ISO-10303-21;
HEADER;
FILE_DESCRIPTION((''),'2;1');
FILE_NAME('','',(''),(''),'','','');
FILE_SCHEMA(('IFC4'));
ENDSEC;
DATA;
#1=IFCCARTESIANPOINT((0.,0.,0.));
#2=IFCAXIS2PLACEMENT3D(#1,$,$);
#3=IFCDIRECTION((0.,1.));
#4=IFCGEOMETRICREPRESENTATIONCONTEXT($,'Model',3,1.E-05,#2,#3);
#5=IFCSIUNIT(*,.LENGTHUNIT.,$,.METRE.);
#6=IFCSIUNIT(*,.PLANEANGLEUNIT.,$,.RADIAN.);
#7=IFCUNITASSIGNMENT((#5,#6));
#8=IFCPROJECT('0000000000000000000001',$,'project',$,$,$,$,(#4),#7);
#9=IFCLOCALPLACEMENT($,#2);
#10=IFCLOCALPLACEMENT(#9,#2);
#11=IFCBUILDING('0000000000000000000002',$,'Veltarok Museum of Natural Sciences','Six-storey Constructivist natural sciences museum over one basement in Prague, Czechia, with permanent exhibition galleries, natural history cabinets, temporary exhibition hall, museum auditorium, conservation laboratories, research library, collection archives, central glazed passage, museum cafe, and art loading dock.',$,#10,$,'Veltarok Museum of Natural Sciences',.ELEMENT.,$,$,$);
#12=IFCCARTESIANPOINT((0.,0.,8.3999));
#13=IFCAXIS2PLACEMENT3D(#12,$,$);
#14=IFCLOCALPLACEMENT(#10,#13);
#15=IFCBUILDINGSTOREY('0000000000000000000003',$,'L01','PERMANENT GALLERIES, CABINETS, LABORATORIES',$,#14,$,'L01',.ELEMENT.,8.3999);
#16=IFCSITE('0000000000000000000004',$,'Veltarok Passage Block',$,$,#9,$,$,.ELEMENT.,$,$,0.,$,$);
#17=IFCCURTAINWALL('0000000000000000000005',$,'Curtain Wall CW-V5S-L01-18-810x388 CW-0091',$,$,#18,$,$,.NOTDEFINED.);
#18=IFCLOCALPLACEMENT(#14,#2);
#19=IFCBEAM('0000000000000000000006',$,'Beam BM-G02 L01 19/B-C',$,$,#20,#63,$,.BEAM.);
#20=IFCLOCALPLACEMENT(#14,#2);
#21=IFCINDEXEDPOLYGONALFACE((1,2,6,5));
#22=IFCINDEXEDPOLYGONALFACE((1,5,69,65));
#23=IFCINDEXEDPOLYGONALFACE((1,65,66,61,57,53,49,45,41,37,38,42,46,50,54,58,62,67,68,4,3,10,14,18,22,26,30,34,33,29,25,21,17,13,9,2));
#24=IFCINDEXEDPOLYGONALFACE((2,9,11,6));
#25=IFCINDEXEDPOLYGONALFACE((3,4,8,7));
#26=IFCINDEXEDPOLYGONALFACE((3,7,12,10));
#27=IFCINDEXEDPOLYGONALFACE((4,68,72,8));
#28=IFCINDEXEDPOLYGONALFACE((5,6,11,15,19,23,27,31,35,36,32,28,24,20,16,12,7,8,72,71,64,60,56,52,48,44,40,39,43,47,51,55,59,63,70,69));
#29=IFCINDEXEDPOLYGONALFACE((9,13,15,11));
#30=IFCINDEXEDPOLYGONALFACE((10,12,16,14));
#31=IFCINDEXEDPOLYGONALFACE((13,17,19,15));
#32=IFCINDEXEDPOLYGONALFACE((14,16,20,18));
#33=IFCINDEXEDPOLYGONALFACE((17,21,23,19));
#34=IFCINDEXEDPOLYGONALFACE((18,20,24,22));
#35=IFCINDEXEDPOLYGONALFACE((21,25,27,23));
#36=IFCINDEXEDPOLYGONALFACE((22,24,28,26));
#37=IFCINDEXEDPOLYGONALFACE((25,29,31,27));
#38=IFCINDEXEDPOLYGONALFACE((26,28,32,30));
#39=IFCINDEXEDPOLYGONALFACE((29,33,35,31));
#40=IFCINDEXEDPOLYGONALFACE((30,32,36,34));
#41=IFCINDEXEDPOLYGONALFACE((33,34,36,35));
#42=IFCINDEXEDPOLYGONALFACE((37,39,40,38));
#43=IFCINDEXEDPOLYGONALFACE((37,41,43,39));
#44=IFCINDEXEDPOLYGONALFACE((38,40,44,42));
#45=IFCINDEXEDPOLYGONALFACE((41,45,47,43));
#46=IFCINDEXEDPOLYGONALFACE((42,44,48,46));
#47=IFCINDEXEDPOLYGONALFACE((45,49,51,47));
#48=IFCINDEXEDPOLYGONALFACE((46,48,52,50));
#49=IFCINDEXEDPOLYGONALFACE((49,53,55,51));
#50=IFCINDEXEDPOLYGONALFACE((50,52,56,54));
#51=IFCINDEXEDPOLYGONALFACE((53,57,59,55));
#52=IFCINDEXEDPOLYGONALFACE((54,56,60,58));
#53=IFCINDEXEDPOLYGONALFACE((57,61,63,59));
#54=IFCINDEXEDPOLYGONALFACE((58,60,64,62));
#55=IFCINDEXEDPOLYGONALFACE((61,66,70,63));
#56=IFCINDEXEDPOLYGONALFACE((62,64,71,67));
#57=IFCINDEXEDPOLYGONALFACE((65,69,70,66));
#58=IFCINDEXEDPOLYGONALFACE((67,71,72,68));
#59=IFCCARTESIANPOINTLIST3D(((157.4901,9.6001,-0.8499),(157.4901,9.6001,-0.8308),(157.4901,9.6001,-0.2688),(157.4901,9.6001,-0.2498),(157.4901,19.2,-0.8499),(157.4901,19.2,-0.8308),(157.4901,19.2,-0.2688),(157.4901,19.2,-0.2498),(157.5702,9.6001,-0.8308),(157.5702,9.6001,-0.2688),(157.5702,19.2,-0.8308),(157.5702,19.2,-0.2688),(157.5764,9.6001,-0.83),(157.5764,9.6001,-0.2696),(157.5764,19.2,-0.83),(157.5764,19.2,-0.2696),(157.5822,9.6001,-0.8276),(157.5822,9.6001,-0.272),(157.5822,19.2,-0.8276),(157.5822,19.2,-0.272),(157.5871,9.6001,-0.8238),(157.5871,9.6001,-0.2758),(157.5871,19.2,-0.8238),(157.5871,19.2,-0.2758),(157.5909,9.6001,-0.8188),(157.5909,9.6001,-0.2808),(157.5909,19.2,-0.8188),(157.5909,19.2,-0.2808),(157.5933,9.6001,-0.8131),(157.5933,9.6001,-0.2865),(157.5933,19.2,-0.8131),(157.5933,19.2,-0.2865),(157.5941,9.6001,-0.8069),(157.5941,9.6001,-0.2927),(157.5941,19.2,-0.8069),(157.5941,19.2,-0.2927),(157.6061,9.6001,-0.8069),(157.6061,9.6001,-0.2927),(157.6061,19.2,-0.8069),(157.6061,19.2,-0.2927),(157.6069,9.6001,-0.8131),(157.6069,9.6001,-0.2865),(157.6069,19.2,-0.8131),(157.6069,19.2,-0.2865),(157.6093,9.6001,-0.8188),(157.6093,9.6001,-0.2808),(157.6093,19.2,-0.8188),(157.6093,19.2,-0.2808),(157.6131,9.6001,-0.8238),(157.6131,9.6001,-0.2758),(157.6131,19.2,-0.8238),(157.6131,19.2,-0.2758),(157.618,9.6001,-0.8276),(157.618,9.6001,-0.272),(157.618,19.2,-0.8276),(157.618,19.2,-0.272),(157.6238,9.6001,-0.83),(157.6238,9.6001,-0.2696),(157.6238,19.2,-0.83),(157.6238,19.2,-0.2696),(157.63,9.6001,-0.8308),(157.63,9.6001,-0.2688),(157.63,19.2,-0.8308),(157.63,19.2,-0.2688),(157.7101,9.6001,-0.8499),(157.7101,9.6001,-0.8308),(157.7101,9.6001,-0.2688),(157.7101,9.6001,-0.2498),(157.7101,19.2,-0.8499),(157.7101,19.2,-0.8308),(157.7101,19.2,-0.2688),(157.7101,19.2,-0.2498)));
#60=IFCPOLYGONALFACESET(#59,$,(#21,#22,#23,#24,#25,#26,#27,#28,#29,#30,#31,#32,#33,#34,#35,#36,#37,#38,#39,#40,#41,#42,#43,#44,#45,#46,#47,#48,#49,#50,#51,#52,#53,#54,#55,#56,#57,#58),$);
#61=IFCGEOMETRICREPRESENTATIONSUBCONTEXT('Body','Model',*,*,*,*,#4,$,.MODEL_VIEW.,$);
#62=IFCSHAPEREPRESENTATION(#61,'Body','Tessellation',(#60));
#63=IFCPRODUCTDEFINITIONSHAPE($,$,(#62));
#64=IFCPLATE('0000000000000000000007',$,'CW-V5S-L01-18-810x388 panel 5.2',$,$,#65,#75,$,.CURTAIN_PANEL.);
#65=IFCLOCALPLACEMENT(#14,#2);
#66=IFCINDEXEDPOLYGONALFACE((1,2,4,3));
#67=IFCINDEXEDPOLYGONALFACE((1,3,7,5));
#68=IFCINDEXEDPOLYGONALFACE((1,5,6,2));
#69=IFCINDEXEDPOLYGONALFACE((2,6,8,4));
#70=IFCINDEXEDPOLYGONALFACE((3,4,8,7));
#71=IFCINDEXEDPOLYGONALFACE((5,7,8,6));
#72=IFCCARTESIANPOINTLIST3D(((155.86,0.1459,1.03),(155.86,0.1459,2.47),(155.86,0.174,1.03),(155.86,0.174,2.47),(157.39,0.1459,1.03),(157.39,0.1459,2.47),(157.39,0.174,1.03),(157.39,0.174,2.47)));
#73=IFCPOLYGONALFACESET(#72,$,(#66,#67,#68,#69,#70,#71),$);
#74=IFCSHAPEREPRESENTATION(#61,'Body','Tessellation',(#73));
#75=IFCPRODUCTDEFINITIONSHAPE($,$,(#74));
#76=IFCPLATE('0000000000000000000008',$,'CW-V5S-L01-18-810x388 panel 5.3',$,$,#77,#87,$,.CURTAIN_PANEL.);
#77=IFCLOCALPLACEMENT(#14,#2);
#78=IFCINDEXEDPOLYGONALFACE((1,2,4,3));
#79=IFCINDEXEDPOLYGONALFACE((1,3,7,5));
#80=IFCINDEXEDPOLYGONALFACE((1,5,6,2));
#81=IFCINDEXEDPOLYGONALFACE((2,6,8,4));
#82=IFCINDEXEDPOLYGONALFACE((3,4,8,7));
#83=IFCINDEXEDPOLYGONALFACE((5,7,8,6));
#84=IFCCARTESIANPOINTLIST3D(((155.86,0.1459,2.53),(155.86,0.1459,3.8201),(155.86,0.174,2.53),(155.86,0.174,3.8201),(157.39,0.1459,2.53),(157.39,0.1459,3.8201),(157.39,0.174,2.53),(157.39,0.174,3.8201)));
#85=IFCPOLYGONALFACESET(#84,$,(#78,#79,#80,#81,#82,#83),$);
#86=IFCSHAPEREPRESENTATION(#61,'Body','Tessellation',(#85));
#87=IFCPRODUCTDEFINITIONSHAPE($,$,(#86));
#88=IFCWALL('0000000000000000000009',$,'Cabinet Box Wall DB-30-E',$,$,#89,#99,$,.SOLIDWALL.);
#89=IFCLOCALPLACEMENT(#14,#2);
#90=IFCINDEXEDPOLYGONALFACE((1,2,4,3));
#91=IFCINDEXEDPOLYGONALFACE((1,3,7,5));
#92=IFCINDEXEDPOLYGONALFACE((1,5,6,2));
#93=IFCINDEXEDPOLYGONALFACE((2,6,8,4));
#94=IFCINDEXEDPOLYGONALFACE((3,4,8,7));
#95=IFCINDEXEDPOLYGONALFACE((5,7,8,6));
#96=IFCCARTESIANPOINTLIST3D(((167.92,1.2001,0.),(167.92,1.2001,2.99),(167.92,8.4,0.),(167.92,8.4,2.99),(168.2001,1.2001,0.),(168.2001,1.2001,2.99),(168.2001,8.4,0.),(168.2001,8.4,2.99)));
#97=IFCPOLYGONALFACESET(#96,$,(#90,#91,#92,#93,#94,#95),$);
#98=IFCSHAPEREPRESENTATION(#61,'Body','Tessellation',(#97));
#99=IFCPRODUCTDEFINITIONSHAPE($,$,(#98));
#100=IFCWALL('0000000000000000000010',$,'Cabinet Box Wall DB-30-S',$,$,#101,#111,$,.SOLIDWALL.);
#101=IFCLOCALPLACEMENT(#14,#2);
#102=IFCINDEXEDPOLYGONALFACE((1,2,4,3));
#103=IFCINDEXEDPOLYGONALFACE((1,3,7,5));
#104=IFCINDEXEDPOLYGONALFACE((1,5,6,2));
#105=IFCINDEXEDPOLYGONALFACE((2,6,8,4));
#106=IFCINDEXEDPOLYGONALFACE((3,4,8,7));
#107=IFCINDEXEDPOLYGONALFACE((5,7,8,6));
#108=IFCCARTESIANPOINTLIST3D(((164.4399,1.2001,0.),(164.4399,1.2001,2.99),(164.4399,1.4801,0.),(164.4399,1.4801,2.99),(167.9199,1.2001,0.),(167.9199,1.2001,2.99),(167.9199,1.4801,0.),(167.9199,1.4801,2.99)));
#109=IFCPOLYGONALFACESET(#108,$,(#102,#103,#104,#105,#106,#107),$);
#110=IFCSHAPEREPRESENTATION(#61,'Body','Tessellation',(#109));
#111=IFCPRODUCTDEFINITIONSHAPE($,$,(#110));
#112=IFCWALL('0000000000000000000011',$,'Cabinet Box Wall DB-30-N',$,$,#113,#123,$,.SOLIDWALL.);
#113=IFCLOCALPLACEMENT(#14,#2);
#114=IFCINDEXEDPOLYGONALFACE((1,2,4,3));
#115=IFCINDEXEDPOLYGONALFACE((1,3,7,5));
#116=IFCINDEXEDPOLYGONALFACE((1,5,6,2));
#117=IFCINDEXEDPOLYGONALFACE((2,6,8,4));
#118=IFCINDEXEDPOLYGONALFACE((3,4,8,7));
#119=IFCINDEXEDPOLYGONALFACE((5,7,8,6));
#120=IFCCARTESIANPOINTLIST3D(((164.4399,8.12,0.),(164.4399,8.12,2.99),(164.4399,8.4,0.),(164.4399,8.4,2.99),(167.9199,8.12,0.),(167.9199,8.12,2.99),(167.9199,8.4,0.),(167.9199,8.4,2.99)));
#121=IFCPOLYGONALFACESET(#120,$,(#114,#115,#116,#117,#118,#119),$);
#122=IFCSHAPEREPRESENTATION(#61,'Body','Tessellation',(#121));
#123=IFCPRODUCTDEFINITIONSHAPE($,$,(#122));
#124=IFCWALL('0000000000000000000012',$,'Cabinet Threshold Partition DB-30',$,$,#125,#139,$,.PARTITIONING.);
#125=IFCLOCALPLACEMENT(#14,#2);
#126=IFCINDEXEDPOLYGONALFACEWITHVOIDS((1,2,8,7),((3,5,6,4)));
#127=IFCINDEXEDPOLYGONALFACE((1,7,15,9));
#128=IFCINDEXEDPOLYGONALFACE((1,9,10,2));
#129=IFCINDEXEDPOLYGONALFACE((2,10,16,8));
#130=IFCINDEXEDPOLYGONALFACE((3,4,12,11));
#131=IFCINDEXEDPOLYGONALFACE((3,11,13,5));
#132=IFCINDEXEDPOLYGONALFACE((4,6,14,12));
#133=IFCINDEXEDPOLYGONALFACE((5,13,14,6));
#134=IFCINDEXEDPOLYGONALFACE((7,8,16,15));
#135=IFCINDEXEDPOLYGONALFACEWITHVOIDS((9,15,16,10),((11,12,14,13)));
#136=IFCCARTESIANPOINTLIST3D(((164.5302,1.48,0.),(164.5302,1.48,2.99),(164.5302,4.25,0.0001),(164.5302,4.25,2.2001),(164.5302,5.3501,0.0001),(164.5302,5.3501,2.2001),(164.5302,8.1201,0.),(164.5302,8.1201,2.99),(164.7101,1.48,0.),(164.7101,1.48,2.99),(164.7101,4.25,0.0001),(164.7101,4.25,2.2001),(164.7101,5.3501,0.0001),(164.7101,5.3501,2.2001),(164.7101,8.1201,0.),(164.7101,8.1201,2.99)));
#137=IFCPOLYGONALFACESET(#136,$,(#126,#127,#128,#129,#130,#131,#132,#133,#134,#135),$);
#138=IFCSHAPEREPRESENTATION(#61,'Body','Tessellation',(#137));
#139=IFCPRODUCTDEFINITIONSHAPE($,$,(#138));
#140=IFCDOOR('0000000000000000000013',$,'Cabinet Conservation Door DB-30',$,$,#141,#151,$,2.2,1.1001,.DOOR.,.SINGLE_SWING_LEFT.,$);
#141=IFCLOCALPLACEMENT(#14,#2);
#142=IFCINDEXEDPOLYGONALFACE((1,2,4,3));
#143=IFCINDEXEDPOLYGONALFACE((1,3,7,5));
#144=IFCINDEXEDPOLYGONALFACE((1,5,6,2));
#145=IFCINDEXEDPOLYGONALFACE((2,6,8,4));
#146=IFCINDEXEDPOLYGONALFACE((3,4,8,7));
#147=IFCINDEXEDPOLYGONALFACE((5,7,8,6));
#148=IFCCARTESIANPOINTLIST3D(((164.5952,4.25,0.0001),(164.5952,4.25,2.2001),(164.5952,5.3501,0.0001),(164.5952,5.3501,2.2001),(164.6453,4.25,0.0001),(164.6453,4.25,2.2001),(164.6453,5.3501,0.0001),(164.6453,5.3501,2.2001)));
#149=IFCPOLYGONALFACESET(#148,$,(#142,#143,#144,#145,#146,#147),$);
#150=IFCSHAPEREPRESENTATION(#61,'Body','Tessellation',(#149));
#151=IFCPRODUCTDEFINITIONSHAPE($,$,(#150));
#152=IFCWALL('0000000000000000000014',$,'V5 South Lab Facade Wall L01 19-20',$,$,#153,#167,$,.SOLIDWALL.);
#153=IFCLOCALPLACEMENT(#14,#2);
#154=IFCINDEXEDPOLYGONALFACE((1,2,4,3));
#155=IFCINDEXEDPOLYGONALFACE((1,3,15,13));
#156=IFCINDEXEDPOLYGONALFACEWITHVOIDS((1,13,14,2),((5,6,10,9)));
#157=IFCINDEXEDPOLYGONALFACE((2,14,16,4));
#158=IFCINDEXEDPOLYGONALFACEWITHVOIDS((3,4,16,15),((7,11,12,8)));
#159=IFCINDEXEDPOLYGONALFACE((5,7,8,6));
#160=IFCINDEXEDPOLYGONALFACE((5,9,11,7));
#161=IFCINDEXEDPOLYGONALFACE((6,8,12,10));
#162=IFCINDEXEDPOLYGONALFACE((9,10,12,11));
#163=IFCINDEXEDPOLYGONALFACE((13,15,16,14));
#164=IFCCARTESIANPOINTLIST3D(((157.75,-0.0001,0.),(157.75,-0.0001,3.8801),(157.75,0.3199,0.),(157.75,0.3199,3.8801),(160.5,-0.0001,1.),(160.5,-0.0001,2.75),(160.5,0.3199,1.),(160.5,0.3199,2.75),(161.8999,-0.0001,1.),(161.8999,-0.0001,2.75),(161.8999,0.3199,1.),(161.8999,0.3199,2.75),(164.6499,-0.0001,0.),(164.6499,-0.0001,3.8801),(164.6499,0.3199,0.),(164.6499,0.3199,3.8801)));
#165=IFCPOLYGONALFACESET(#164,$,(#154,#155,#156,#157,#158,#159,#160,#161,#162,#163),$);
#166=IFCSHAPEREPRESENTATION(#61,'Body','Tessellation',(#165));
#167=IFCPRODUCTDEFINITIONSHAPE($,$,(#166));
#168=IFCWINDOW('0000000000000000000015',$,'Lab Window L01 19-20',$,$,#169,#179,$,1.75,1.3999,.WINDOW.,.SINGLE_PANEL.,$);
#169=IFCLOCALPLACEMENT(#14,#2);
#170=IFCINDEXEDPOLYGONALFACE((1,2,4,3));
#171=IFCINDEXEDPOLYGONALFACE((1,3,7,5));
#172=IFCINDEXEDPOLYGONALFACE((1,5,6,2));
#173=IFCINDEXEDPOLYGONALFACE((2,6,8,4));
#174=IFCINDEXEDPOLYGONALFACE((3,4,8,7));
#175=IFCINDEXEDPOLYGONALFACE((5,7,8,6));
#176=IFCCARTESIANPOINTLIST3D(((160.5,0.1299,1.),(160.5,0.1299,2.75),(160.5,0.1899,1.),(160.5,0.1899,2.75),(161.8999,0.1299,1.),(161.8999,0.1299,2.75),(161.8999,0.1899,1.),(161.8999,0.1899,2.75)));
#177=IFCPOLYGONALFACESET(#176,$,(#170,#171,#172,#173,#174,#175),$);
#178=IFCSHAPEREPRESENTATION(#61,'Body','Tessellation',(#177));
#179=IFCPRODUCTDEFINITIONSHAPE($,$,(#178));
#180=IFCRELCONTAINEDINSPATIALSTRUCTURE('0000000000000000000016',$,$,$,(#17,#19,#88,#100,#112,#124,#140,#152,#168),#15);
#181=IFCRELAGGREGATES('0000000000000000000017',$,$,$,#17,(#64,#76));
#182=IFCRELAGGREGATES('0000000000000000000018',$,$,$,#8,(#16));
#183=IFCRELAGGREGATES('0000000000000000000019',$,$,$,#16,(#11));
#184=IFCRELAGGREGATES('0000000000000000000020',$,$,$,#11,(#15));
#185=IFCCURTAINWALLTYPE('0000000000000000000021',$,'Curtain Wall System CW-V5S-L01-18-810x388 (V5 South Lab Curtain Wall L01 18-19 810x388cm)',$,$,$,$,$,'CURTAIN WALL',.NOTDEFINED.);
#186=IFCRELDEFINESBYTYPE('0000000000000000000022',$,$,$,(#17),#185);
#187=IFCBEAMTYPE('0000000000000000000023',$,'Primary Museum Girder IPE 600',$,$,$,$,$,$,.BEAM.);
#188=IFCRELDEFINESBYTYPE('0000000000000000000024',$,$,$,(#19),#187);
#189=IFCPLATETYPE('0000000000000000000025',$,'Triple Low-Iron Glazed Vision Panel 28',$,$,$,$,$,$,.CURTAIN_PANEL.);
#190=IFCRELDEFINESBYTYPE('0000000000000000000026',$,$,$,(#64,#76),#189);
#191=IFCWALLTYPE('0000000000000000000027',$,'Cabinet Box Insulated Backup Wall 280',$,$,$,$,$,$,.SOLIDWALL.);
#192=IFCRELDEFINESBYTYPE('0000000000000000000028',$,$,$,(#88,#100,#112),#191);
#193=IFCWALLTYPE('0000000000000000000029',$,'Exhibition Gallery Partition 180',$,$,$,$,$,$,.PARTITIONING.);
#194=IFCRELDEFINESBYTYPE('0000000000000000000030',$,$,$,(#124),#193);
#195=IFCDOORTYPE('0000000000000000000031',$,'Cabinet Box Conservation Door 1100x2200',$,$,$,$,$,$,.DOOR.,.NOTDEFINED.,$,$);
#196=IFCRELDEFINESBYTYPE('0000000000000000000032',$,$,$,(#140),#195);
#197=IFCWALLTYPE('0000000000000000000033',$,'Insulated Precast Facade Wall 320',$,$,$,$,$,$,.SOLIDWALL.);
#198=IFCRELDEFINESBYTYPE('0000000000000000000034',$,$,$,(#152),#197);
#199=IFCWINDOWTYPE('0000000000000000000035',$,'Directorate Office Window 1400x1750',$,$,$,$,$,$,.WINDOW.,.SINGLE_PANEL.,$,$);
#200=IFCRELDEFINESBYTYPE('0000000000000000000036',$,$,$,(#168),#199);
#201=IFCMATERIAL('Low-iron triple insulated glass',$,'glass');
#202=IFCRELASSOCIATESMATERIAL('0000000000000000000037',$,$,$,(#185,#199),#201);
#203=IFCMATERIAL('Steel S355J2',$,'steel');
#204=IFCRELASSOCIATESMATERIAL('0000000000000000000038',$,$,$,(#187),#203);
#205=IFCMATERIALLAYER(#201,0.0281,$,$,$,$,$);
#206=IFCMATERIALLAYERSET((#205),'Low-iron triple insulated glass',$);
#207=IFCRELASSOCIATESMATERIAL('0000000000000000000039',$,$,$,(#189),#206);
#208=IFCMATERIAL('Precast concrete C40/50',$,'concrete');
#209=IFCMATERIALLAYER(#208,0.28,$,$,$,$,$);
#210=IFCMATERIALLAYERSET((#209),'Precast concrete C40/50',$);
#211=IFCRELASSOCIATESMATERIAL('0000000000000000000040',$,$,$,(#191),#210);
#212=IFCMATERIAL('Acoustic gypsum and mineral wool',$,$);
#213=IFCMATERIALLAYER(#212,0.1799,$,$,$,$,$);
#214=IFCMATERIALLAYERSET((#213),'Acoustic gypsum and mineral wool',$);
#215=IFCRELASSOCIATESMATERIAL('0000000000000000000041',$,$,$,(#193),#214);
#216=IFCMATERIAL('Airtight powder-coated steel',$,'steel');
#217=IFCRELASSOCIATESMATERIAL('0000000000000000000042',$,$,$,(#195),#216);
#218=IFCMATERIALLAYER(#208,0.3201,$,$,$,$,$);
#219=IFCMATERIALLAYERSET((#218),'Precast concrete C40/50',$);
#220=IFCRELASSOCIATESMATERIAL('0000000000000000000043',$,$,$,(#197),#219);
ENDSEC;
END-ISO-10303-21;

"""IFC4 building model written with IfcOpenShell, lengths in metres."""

from ifc_helpers import new_model, si_unit, direction, frame, frame_2d, origin, origin_2d, place, context, subcontext, project, spatial, rectangle, i_section, extrude, material, layer, layer_set, material_profile, profile_set, type_object, element, fill, aggregate, save


model = new_model("IFC4")

# Units and contexts
model_context = context("Model", 3, precision=1e-05, world=origin(), true_north=direction((0.0, 1.0)))
body_context = subcontext(model_context, "Body", "Model", "MODEL_VIEW")
ifc_project = project(units=[si_unit("LENGTHUNIT", "METRE"), si_unit("PLANEANGLEUNIT", "RADIAN")], contexts=[model_context])

# Site, building, storey
site_placement = place(None, origin())
site = spatial("IfcSite", under=ifc_project, at=site_placement, Name="Veltarok Passage Block", CompositionType="ELEMENT", RefElevation=0.0)
building_placement = place(site_placement, origin())
building = spatial("IfcBuilding", under=site, at=building_placement, Name="Veltarok Museum of Natural Sciences", Description="Six-storey Constructivist natural sciences museum over one basement in Prague, Czechia, with permanent exhibition galleries, natural history cabinets, temporary exhibition hall, museum auditorium, conservation laboratories, research library, collection archives, central glazed passage, museum cafe, and art loading dock.", LongName="Veltarok Museum of Natural Sciences", CompositionType="ELEMENT")
storey_placement = place(building_placement, frame((0.0, 0.0, 8.3999)))
storey = spatial("IfcBuildingStorey", under=building, at=storey_placement, Name="L01", Description="PERMANENT GALLERIES, CABINETS, LABORATORIES", LongName="L01", CompositionType="ELEMENT", Elevation=8.3999)

# Shared definitions
ifc_material_1 = material(Name="Steel S355J2", Category="steel")

# Curtain wall
ifc_material_2 = material(Name="Low-iron triple insulated glass", Category="glass")
curtain_wall_type = type_object("IfcCurtainWallType", Name="Curtain Wall System CW-V5S-L01-18-810x388 (V5 South Lab Curtain Wall L01 18-19 810x388cm)", ElementType="CURTAIN WALL", PredefinedType="NOTDEFINED", material=ifc_material_2)
curtain_wall_placement = place(storey_placement, origin())
curtain_wall = element("IfcCurtainWall", 1, at=curtain_wall_placement, inside=storey, type_object=curtain_wall_type, Name="Curtain Wall CW-V5S-L01-18-810x388 CW-0091", PredefinedType="NOTDEFINED")

# Beam
ifc_material_3 = material(Name="Precast concrete C40/50", Category="concrete")
ifc_material_profile_1 = material_profile(ifc_material_1, i_section(OverallWidth=0.22, OverallDepth=0.6001, WebThickness=0.012, FlangeThickness=0.019, FilletRadius=0.0239, at=origin_2d()), Name="IPE 600")
ifc_profile_set_1 = profile_set([ifc_material_profile_1], Name="Steel S355J2")
beam_type_1 = type_object("IfcBeamType", Name="Primary Museum Girder IPE 600", PredefinedType="BEAM", material=ifc_profile_set_1)
beam_1_placement = place(storey_placement, frame((157.6001, 9.6001, -0.5498), z_axis=(0.0, 1.0, 0.0), x_axis=(-1.0, 0.0, 0.0)))
element("IfcBeam", 2, at=beam_1_placement, inside=storey, type_object=beam_type_1, Name="Beam BM-G02 L01 19/B-C", PredefinedType="BEAM", context=body_context, shape_type="SweptSolid", body=[
    extrude(i_section(OverallWidth=0.22, OverallDepth=0.6001, WebThickness=0.012, FlangeThickness=0.019, FilletRadius=0.0239, at=origin_2d()), origin(), (0.0, 0.0, 1.0), 9.5999),
])

# Plates
ifc_layer_1 = layer(ifc_material_2, 0.0281)
ifc_layer_set_1 = layer_set([ifc_layer_1], Name="Low-iron triple insulated glass")
plate_type = type_object("IfcPlateType", Name="Triple Low-Iron Glazed Vision Panel 28", PredefinedType="CURTAIN_PANEL", material=ifc_layer_set_1)
plate_1_placement = place(storey_placement, frame((156.625, 0.1599, 1.03), z_axis=(0.0, 0.0, 1.0), x_axis=(1.0, 0.0, 0.0)))
plate_1 = element("IfcPlate", 3, at=plate_1_placement, type_object=plate_type, Name="CW-V5S-L01-18-810x388 panel 5.2", PredefinedType="CURTAIN_PANEL", context=body_context, shape_type="SweptSolid", body=[
    extrude(rectangle(XDim=1.53, YDim=0.0281, at=origin_2d()), origin(), (0.0, 0.0, 1.0), 1.4399),
])
plate_2_placement = place(storey_placement, frame((156.625, 0.1599, 2.53), z_axis=(0.0, 0.0, 1.0), x_axis=(1.0, 0.0, 0.0)))
plate_2 = element("IfcPlate", 4, at=plate_2_placement, type_object=plate_type, Name="CW-V5S-L01-18-810x388 panel 5.3", PredefinedType="CURTAIN_PANEL", context=body_context, shape_type="SweptSolid", body=[
    extrude(rectangle(XDim=1.53, YDim=0.0281, at=origin_2d()), origin(), (0.0, 0.0, 1.0), 1.29),
])
aggregate(curtain_wall, [plate_1, plate_2])

# Walls
ifc_layer_2 = layer(ifc_material_3, 0.28)
ifc_layer_set_2 = layer_set([ifc_layer_2], Name="Precast concrete C40/50")
wall_type_1 = type_object("IfcWallType", Name="Cabinet Box Insulated Backup Wall 280", PredefinedType="SOLIDWALL", material=ifc_layer_set_2)
wall_1_placement = place(storey_placement, frame((168.0601, 1.2, 0.0), z_axis=(0.0, 0.0, 1.0), x_axis=(0.0, 1.0, 0.0)))
element("IfcWall", 5, at=wall_1_placement, inside=storey, type_object=wall_type_1, Name="Cabinet Box Wall DB-30-E", PredefinedType="SOLIDWALL", context=body_context, shape_type="SweptSolid", body=[
    extrude(rectangle(XDim=7.2, YDim=0.28, at=frame_2d((3.6001, 0.0))), origin(), (0.0, 0.0, 1.0), 2.99),
])
for number, where, z_axis, x_axis, name in (
    (6, (164.4399, 1.3401, 0.0), (0.0, 0.0, 1.0), (1.0, 0.0, 0.0), "Cabinet Box Wall DB-30-S"),
    (7, (167.9199, 8.26, 0.0), (0.0, 0.0, 1.0), (-1.0, 0.0, 0.0), "Cabinet Box Wall DB-30-N"),
):
    element("IfcWall", number, at=place(storey_placement, frame(where, z_axis=z_axis, x_axis=x_axis)), inside=storey, type_object=wall_type_1, Name=name, PredefinedType="SOLIDWALL", context=body_context, shape_type="SweptSolid", body=[
        extrude(rectangle(XDim=3.48, YDim=0.28, at=frame_2d((1.74, 0.0))), origin(), (0.0, 0.0, 1.0), 2.99),
    ])

# Wall, opening, door
ifc_material_4 = material(Name="Acoustic gypsum and mineral wool")
ifc_layer_3 = layer(ifc_material_4, 0.1799)
ifc_layer_set_3 = layer_set([ifc_layer_3], Name="Acoustic gypsum and mineral wool")
wall_type_2 = type_object("IfcWallType", Name="Exhibition Gallery Partition 180", PredefinedType="PARTITIONING", material=ifc_layer_set_3)
wall_2_placement = place(storey_placement, frame((164.6201, 1.48, 0.0), z_axis=(0.0, 0.0, 1.0), x_axis=(0.0, 1.0, 0.0)))
wall_2 = element("IfcWall", 8, at=wall_2_placement, inside=storey, type_object=wall_type_2, Name="Cabinet Threshold Partition DB-30", PredefinedType="PARTITIONING", context=body_context, shape_type="SweptSolid", body=[
    extrude(rectangle(XDim=6.6401, YDim=0.1799, at=frame_2d((3.3201, 0.0))), origin(), (0.0, 0.0, 1.0), 2.99),
])
opening_1_placement = place(wall_2_placement, frame((2.77, 0.0, 0.0)))
opening_1 = element("IfcOpeningElement", 9, at=opening_1_placement, cuts=wall_2, PredefinedType="OPENING", context=body_context, shape_type="SweptSolid", body=[
    extrude(rectangle(XDim=1.1001, YDim=2.2, at=frame_2d((0.55, 1.1001))), frame((0.0, 0.1001, 0.0), z_axis=(0.0, -1.0, 0.0), x_axis=(1.0, 0.0, 0.0)), (0.0, 0.0, 1.0), 0.2),
])
ifc_material_5 = material(Name="Airtight powder-coated steel", Category="steel")
door_type = type_object("IfcDoorType", Name="Cabinet Box Conservation Door 1100x2200", OperationType="NOTDEFINED", PredefinedType="DOOR", material=ifc_material_5)
door_placement = place(opening_1_placement, origin())
door = element("IfcDoor", 10, at=door_placement, inside=storey, type_object=door_type, Name="Cabinet Conservation Door DB-30", OperationType="SINGLE_SWING_LEFT", OverallHeight=2.2, OverallWidth=1.1001, PredefinedType="DOOR", context=body_context, shape_type="SweptSolid", body=[
    extrude(rectangle(XDim=1.1001, YDim=2.2, at=frame_2d((0.55, 1.1001))), frame((0.0, 0.0249, 0.0), z_axis=(0.0, -1.0, 0.0), x_axis=(1.0, 0.0, 0.0)), (0.0, 0.0, 1.0), 0.05),
])
fill(opening_1, door)

# Wall, opening, window
ifc_layer_4 = layer(ifc_material_3, 0.3201)
ifc_layer_set_4 = layer_set([ifc_layer_4], Name="Precast concrete C40/50")
wall_type_3 = type_object("IfcWallType", Name="Insulated Precast Facade Wall 320", PredefinedType="SOLIDWALL", material=ifc_layer_set_4)
wall_3_placement = place(storey_placement, frame((157.75, 0.1599, 0.0), z_axis=(0.0, 0.0, 1.0), x_axis=(1.0, 0.0, 0.0)))
wall_3 = element("IfcWall", 11, at=wall_3_placement, inside=storey, type_object=wall_type_3, Name="V5 South Lab Facade Wall L01 19-20", PredefinedType="SOLIDWALL", context=body_context, shape_type="SweptSolid", body=[
    extrude(rectangle(XDim=6.8999, YDim=0.3201, at=frame_2d((3.45, 0.0))), origin(), (0.0, 0.0, 1.0), 3.8801),
])
opening_2_placement = place(wall_3_placement, frame((2.75, 0.0, 1.0)))
opening_2 = element("IfcOpeningElement", 12, at=opening_2_placement, cuts=wall_3, PredefinedType="OPENING", context=body_context, shape_type="SweptSolid", body=[
    extrude(rectangle(XDim=1.3999, YDim=1.75, at=frame_2d((0.7, 0.875))), frame((0.0, 0.1699, 0.0), z_axis=(0.0, -1.0, 0.0), x_axis=(1.0, 0.0, 0.0)), (0.0, 0.0, 1.0), 0.3401),
])
window_type = type_object("IfcWindowType", Name="Directorate Office Window 1400x1750", PartitioningType="SINGLE_PANEL", PredefinedType="WINDOW", material=ifc_material_2)
window_placement = place(opening_2_placement, origin())
window = element("IfcWindow", 13, at=window_placement, inside=storey, type_object=window_type, Name="Lab Window L01 19-20", OverallHeight=1.75, OverallWidth=1.3999, PartitioningType="SINGLE_PANEL", PredefinedType="WINDOW", context=body_context, shape_type="SweptSolid", body=[
    extrude(rectangle(XDim=1.3999, YDim=1.75, at=frame_2d((0.7, 0.875))), frame((0.0, 0.03, 0.0), z_axis=(0.0, -1.0, 0.0), x_axis=(1.0, 0.0, 0.0)), (0.0, 0.0, 1.0), 0.0601),
])
fill(opening_2, window)

save(model, "model.ifc")
